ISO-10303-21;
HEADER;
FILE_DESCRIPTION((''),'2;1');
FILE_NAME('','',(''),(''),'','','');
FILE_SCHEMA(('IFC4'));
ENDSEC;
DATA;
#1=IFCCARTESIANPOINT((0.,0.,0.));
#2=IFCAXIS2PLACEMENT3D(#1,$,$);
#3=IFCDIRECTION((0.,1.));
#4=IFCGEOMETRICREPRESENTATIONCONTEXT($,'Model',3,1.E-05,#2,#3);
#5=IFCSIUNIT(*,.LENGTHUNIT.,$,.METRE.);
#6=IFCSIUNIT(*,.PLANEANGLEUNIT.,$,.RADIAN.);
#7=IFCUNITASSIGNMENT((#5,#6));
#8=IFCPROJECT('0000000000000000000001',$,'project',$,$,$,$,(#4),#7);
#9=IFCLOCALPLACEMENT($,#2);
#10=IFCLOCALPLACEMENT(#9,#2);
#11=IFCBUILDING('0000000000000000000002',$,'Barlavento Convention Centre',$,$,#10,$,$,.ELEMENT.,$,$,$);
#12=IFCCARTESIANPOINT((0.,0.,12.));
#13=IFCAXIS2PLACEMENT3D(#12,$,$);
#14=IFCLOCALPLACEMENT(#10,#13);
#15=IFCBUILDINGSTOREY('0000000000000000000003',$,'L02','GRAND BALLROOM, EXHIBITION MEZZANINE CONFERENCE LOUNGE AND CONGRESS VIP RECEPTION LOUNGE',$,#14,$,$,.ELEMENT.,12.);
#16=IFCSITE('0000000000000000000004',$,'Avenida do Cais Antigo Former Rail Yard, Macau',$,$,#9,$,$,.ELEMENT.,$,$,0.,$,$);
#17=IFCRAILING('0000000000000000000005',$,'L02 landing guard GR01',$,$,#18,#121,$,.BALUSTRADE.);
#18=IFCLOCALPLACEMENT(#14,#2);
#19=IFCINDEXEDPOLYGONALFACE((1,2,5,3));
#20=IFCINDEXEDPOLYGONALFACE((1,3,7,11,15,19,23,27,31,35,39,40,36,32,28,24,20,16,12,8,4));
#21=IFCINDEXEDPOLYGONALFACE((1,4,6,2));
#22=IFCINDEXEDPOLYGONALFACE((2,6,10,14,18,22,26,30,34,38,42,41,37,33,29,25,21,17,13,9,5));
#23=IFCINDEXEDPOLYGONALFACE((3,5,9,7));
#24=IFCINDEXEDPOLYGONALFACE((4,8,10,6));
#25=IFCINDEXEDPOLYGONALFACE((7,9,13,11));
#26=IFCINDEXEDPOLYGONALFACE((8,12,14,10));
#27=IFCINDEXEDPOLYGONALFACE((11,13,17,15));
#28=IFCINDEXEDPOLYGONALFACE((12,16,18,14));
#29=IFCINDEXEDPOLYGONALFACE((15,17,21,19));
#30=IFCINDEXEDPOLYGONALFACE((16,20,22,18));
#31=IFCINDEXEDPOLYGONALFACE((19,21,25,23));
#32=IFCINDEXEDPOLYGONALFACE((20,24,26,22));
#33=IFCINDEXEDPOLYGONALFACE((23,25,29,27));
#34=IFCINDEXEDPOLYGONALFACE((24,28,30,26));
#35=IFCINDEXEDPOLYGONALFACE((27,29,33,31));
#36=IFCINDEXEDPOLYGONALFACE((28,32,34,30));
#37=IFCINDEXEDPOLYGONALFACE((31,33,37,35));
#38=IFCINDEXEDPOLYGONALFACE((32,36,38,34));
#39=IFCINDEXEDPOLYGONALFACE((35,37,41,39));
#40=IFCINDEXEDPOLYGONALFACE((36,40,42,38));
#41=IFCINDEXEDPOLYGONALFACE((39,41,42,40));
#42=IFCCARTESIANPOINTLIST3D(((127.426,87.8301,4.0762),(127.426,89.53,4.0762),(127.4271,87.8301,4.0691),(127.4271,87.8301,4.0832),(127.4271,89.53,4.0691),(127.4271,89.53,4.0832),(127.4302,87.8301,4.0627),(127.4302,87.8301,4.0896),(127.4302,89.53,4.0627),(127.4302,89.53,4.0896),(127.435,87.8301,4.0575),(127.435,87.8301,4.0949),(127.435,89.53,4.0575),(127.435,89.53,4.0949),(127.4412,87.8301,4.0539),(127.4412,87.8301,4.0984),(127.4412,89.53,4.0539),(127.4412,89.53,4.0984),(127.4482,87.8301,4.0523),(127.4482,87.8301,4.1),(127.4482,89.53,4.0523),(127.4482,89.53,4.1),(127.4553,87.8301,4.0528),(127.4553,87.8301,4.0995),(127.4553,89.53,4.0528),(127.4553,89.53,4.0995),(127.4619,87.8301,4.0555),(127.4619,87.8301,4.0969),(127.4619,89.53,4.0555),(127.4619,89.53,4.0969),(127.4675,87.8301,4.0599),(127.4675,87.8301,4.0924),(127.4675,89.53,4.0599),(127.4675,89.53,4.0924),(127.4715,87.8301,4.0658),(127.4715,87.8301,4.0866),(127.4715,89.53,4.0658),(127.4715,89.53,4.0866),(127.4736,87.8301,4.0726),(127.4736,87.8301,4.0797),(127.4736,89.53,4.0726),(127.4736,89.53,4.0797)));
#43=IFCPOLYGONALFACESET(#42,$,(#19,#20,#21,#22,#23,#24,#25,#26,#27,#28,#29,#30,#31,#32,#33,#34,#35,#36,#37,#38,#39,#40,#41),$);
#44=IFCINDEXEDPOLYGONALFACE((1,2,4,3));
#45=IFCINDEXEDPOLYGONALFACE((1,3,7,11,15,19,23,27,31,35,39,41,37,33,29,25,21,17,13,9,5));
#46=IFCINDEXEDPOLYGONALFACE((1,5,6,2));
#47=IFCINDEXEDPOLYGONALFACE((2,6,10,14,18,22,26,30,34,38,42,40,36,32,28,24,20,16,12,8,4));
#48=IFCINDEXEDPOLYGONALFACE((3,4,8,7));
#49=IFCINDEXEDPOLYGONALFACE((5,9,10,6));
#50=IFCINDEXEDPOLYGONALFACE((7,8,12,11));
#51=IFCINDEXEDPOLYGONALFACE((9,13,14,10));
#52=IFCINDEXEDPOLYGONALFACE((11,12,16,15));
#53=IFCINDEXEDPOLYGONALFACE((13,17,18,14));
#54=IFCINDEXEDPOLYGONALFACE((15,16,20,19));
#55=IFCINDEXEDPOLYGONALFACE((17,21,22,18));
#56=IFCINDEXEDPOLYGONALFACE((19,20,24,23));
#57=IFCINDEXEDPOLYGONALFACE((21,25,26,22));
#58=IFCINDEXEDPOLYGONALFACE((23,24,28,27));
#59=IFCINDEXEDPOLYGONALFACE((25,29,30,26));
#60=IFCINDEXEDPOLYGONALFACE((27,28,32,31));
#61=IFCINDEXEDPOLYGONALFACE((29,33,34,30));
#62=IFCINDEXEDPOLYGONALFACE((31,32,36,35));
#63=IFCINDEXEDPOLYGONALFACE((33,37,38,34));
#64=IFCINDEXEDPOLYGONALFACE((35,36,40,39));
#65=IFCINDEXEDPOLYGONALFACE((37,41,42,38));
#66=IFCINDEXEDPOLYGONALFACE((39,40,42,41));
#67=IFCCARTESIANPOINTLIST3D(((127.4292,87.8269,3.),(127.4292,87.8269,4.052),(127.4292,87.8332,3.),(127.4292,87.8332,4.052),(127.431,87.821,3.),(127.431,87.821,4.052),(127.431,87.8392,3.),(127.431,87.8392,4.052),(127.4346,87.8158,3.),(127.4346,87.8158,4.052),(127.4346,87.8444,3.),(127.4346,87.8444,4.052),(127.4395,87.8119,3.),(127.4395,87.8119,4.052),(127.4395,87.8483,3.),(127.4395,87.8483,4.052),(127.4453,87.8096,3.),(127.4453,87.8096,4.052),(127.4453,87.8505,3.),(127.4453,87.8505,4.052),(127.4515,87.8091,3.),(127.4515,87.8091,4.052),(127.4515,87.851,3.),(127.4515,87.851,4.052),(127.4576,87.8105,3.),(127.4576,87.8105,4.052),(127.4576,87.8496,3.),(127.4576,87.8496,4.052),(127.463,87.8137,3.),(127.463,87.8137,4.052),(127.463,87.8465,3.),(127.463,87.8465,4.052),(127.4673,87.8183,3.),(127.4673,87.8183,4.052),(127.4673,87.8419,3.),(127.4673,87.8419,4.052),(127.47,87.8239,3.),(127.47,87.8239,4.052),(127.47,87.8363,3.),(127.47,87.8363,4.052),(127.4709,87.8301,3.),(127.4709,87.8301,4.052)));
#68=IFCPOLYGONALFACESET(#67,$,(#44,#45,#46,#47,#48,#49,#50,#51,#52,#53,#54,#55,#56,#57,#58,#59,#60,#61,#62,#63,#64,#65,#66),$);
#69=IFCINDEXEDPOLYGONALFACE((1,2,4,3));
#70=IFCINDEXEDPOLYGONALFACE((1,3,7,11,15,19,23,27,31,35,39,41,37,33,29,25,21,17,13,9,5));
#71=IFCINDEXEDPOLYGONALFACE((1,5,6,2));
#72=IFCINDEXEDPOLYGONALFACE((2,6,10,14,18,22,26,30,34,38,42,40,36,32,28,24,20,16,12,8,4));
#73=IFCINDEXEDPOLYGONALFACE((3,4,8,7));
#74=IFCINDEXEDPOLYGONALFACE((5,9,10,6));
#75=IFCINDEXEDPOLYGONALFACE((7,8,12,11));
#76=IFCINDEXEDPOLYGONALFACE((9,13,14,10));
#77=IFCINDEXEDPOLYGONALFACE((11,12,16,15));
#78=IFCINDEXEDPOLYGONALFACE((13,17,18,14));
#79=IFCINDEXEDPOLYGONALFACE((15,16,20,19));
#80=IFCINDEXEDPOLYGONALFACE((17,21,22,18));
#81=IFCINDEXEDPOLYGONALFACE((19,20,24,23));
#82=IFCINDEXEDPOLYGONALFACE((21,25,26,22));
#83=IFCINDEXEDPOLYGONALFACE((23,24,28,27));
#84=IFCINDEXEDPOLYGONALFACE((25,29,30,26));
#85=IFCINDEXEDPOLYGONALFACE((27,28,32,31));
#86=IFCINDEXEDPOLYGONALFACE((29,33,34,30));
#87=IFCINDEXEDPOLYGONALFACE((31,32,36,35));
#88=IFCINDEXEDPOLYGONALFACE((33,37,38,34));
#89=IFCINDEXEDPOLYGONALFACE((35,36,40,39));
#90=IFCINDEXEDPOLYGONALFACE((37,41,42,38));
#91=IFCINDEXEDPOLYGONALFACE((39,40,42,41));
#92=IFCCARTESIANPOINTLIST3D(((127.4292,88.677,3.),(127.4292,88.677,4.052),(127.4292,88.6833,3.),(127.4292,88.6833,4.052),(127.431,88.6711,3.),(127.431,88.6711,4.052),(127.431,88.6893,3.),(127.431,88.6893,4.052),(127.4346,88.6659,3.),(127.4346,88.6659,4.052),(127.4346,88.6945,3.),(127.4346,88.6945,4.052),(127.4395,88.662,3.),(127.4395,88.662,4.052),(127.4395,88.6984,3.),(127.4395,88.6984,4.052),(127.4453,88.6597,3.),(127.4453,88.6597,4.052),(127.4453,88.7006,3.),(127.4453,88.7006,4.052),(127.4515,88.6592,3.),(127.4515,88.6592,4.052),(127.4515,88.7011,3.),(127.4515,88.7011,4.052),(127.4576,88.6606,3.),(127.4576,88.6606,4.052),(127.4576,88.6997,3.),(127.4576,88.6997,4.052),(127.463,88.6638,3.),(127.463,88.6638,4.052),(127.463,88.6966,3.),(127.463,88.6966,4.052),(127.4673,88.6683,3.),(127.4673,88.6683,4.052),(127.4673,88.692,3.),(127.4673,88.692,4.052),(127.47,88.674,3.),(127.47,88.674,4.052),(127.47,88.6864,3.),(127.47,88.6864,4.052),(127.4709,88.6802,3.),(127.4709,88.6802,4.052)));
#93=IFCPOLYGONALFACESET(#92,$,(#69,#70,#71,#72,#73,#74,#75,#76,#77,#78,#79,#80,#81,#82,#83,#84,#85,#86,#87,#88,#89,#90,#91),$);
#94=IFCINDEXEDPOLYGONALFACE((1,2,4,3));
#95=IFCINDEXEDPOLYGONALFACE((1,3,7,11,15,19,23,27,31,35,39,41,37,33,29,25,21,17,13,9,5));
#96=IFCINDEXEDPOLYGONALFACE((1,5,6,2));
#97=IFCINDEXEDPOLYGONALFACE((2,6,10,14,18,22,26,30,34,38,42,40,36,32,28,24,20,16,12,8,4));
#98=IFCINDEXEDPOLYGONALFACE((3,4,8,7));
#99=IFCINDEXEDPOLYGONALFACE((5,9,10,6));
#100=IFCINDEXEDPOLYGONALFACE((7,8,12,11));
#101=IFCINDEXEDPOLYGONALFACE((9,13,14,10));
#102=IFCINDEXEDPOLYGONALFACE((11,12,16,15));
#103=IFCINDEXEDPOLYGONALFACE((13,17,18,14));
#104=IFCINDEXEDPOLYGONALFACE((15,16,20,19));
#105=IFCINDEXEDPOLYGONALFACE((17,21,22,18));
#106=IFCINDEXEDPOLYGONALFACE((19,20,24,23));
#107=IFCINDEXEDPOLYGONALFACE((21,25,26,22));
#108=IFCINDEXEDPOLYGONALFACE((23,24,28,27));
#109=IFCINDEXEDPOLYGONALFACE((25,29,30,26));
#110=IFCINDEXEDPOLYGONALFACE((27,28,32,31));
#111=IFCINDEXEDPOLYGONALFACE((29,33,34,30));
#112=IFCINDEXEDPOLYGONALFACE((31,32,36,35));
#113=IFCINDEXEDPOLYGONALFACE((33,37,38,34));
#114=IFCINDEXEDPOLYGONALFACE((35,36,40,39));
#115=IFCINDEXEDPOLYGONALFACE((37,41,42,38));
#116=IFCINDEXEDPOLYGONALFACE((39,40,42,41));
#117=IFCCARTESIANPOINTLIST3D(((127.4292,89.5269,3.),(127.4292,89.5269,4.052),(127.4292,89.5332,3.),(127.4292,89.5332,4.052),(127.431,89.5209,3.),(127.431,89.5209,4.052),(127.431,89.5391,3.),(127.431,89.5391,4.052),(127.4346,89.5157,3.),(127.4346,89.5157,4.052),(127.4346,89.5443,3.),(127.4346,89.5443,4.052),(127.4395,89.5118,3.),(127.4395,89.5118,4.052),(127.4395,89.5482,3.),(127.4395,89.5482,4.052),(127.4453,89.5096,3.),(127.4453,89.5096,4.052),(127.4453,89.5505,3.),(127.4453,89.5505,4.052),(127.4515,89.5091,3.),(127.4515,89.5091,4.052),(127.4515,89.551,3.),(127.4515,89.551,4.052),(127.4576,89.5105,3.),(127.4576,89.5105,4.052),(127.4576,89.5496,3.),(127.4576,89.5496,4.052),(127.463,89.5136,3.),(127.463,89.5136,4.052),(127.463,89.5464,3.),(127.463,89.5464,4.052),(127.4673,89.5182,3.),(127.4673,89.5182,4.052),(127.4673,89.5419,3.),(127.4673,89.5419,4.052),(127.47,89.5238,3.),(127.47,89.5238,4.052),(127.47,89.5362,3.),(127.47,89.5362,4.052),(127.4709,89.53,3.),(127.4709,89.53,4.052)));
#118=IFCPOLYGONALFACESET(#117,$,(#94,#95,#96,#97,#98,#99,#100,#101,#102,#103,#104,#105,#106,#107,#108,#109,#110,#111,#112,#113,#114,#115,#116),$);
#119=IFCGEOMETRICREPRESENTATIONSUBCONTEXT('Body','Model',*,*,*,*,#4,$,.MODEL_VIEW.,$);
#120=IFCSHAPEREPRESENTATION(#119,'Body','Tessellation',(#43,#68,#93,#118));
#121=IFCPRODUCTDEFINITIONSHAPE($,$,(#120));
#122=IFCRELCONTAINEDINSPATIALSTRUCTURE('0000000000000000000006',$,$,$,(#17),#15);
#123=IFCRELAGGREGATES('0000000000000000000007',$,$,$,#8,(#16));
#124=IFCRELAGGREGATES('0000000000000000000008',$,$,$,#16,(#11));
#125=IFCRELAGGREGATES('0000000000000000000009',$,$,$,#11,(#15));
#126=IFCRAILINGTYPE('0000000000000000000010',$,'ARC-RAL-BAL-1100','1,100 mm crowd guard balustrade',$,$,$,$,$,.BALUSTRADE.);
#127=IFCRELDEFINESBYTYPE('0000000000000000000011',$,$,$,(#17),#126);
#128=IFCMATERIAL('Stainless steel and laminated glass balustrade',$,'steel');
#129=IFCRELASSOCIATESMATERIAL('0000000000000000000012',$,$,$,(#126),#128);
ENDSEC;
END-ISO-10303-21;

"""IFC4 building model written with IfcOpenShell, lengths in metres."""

from ifc_helpers import new_model, si_unit, direction, frame, origin, origin_2d, place, context, subcontext, project, spatial, circle, extrude, material, type_object, element, save


model = new_model("IFC4")

# Units and contexts
model_context = context("Model", 3, precision=1e-05, world=origin(), true_north=direction((0.0, 1.0)))
body_context = subcontext(model_context, "Body", "Model", "MODEL_VIEW")
ifc_project = project(units=[si_unit("LENGTHUNIT", "METRE"), si_unit("PLANEANGLEUNIT", "RADIAN")], contexts=[model_context])

# Site, building, storey
site_placement = place(None, origin())
site = spatial("IfcSite", under=ifc_project, at=site_placement, Name="Avenida do Cais Antigo Former Rail Yard, Macau", CompositionType="ELEMENT", RefElevation=0.0)
building_placement = place(site_placement, origin())
building = spatial("IfcBuilding", under=site, at=building_placement, Name="Barlavento Convention Centre", CompositionType="ELEMENT")
storey_placement = place(building_placement, frame((0.0, 0.0, 12.0)))
storey = spatial("IfcBuildingStorey", under=building, at=storey_placement, Name="L02", Description="GRAND BALLROOM, EXHIBITION MEZZANINE CONFERENCE LOUNGE AND CONGRESS VIP RECEPTION LOUNGE", CompositionType="ELEMENT", Elevation=12.0)

# Railing
ifc_material_1 = material(Name="Stainless steel and laminated glass balustrade", Category="steel")
railing_type_1 = type_object("IfcRailingType", Name="ARC-RAL-BAL-1100", Description="1,100 mm crowd guard balustrade", PredefinedType="BALUSTRADE", material=ifc_material_1)
for number, where, name in (
    (1, (127.45, 87.8301, 3.0), "L02 landing guard GR01"),
):
    element("IfcRailing", number, at=place(storey_placement, frame(where)), inside=storey, type_object=railing_type_1, Name=name, PredefinedType="BALUSTRADE", context=body_context, shape_type="SweptSolid", body=[
        extrude(circle(Radius=0.0239, at=origin_2d()), frame((0.0, 0.0, 1.0762), z_axis=(0.0, 1.0, 0.0), x_axis=(-1.0, 0.0, 0.0)), (0.0, 0.0, 1.0), 1.7),
        extrude(circle(Radius=0.021, at=origin_2d()), origin(), (0.0, 0.0, 1.0), 1.052),
        extrude(circle(Radius=0.021, at=origin_2d()), frame((0.0, 0.8501, 0.0)), (0.0, 0.0, 1.0), 1.052),
        extrude(circle(Radius=0.021, at=origin_2d()), frame((0.0, 1.7, 0.0)), (0.0, 0.0, 1.0), 1.052),
    ])

save(model, "model.ifc")
